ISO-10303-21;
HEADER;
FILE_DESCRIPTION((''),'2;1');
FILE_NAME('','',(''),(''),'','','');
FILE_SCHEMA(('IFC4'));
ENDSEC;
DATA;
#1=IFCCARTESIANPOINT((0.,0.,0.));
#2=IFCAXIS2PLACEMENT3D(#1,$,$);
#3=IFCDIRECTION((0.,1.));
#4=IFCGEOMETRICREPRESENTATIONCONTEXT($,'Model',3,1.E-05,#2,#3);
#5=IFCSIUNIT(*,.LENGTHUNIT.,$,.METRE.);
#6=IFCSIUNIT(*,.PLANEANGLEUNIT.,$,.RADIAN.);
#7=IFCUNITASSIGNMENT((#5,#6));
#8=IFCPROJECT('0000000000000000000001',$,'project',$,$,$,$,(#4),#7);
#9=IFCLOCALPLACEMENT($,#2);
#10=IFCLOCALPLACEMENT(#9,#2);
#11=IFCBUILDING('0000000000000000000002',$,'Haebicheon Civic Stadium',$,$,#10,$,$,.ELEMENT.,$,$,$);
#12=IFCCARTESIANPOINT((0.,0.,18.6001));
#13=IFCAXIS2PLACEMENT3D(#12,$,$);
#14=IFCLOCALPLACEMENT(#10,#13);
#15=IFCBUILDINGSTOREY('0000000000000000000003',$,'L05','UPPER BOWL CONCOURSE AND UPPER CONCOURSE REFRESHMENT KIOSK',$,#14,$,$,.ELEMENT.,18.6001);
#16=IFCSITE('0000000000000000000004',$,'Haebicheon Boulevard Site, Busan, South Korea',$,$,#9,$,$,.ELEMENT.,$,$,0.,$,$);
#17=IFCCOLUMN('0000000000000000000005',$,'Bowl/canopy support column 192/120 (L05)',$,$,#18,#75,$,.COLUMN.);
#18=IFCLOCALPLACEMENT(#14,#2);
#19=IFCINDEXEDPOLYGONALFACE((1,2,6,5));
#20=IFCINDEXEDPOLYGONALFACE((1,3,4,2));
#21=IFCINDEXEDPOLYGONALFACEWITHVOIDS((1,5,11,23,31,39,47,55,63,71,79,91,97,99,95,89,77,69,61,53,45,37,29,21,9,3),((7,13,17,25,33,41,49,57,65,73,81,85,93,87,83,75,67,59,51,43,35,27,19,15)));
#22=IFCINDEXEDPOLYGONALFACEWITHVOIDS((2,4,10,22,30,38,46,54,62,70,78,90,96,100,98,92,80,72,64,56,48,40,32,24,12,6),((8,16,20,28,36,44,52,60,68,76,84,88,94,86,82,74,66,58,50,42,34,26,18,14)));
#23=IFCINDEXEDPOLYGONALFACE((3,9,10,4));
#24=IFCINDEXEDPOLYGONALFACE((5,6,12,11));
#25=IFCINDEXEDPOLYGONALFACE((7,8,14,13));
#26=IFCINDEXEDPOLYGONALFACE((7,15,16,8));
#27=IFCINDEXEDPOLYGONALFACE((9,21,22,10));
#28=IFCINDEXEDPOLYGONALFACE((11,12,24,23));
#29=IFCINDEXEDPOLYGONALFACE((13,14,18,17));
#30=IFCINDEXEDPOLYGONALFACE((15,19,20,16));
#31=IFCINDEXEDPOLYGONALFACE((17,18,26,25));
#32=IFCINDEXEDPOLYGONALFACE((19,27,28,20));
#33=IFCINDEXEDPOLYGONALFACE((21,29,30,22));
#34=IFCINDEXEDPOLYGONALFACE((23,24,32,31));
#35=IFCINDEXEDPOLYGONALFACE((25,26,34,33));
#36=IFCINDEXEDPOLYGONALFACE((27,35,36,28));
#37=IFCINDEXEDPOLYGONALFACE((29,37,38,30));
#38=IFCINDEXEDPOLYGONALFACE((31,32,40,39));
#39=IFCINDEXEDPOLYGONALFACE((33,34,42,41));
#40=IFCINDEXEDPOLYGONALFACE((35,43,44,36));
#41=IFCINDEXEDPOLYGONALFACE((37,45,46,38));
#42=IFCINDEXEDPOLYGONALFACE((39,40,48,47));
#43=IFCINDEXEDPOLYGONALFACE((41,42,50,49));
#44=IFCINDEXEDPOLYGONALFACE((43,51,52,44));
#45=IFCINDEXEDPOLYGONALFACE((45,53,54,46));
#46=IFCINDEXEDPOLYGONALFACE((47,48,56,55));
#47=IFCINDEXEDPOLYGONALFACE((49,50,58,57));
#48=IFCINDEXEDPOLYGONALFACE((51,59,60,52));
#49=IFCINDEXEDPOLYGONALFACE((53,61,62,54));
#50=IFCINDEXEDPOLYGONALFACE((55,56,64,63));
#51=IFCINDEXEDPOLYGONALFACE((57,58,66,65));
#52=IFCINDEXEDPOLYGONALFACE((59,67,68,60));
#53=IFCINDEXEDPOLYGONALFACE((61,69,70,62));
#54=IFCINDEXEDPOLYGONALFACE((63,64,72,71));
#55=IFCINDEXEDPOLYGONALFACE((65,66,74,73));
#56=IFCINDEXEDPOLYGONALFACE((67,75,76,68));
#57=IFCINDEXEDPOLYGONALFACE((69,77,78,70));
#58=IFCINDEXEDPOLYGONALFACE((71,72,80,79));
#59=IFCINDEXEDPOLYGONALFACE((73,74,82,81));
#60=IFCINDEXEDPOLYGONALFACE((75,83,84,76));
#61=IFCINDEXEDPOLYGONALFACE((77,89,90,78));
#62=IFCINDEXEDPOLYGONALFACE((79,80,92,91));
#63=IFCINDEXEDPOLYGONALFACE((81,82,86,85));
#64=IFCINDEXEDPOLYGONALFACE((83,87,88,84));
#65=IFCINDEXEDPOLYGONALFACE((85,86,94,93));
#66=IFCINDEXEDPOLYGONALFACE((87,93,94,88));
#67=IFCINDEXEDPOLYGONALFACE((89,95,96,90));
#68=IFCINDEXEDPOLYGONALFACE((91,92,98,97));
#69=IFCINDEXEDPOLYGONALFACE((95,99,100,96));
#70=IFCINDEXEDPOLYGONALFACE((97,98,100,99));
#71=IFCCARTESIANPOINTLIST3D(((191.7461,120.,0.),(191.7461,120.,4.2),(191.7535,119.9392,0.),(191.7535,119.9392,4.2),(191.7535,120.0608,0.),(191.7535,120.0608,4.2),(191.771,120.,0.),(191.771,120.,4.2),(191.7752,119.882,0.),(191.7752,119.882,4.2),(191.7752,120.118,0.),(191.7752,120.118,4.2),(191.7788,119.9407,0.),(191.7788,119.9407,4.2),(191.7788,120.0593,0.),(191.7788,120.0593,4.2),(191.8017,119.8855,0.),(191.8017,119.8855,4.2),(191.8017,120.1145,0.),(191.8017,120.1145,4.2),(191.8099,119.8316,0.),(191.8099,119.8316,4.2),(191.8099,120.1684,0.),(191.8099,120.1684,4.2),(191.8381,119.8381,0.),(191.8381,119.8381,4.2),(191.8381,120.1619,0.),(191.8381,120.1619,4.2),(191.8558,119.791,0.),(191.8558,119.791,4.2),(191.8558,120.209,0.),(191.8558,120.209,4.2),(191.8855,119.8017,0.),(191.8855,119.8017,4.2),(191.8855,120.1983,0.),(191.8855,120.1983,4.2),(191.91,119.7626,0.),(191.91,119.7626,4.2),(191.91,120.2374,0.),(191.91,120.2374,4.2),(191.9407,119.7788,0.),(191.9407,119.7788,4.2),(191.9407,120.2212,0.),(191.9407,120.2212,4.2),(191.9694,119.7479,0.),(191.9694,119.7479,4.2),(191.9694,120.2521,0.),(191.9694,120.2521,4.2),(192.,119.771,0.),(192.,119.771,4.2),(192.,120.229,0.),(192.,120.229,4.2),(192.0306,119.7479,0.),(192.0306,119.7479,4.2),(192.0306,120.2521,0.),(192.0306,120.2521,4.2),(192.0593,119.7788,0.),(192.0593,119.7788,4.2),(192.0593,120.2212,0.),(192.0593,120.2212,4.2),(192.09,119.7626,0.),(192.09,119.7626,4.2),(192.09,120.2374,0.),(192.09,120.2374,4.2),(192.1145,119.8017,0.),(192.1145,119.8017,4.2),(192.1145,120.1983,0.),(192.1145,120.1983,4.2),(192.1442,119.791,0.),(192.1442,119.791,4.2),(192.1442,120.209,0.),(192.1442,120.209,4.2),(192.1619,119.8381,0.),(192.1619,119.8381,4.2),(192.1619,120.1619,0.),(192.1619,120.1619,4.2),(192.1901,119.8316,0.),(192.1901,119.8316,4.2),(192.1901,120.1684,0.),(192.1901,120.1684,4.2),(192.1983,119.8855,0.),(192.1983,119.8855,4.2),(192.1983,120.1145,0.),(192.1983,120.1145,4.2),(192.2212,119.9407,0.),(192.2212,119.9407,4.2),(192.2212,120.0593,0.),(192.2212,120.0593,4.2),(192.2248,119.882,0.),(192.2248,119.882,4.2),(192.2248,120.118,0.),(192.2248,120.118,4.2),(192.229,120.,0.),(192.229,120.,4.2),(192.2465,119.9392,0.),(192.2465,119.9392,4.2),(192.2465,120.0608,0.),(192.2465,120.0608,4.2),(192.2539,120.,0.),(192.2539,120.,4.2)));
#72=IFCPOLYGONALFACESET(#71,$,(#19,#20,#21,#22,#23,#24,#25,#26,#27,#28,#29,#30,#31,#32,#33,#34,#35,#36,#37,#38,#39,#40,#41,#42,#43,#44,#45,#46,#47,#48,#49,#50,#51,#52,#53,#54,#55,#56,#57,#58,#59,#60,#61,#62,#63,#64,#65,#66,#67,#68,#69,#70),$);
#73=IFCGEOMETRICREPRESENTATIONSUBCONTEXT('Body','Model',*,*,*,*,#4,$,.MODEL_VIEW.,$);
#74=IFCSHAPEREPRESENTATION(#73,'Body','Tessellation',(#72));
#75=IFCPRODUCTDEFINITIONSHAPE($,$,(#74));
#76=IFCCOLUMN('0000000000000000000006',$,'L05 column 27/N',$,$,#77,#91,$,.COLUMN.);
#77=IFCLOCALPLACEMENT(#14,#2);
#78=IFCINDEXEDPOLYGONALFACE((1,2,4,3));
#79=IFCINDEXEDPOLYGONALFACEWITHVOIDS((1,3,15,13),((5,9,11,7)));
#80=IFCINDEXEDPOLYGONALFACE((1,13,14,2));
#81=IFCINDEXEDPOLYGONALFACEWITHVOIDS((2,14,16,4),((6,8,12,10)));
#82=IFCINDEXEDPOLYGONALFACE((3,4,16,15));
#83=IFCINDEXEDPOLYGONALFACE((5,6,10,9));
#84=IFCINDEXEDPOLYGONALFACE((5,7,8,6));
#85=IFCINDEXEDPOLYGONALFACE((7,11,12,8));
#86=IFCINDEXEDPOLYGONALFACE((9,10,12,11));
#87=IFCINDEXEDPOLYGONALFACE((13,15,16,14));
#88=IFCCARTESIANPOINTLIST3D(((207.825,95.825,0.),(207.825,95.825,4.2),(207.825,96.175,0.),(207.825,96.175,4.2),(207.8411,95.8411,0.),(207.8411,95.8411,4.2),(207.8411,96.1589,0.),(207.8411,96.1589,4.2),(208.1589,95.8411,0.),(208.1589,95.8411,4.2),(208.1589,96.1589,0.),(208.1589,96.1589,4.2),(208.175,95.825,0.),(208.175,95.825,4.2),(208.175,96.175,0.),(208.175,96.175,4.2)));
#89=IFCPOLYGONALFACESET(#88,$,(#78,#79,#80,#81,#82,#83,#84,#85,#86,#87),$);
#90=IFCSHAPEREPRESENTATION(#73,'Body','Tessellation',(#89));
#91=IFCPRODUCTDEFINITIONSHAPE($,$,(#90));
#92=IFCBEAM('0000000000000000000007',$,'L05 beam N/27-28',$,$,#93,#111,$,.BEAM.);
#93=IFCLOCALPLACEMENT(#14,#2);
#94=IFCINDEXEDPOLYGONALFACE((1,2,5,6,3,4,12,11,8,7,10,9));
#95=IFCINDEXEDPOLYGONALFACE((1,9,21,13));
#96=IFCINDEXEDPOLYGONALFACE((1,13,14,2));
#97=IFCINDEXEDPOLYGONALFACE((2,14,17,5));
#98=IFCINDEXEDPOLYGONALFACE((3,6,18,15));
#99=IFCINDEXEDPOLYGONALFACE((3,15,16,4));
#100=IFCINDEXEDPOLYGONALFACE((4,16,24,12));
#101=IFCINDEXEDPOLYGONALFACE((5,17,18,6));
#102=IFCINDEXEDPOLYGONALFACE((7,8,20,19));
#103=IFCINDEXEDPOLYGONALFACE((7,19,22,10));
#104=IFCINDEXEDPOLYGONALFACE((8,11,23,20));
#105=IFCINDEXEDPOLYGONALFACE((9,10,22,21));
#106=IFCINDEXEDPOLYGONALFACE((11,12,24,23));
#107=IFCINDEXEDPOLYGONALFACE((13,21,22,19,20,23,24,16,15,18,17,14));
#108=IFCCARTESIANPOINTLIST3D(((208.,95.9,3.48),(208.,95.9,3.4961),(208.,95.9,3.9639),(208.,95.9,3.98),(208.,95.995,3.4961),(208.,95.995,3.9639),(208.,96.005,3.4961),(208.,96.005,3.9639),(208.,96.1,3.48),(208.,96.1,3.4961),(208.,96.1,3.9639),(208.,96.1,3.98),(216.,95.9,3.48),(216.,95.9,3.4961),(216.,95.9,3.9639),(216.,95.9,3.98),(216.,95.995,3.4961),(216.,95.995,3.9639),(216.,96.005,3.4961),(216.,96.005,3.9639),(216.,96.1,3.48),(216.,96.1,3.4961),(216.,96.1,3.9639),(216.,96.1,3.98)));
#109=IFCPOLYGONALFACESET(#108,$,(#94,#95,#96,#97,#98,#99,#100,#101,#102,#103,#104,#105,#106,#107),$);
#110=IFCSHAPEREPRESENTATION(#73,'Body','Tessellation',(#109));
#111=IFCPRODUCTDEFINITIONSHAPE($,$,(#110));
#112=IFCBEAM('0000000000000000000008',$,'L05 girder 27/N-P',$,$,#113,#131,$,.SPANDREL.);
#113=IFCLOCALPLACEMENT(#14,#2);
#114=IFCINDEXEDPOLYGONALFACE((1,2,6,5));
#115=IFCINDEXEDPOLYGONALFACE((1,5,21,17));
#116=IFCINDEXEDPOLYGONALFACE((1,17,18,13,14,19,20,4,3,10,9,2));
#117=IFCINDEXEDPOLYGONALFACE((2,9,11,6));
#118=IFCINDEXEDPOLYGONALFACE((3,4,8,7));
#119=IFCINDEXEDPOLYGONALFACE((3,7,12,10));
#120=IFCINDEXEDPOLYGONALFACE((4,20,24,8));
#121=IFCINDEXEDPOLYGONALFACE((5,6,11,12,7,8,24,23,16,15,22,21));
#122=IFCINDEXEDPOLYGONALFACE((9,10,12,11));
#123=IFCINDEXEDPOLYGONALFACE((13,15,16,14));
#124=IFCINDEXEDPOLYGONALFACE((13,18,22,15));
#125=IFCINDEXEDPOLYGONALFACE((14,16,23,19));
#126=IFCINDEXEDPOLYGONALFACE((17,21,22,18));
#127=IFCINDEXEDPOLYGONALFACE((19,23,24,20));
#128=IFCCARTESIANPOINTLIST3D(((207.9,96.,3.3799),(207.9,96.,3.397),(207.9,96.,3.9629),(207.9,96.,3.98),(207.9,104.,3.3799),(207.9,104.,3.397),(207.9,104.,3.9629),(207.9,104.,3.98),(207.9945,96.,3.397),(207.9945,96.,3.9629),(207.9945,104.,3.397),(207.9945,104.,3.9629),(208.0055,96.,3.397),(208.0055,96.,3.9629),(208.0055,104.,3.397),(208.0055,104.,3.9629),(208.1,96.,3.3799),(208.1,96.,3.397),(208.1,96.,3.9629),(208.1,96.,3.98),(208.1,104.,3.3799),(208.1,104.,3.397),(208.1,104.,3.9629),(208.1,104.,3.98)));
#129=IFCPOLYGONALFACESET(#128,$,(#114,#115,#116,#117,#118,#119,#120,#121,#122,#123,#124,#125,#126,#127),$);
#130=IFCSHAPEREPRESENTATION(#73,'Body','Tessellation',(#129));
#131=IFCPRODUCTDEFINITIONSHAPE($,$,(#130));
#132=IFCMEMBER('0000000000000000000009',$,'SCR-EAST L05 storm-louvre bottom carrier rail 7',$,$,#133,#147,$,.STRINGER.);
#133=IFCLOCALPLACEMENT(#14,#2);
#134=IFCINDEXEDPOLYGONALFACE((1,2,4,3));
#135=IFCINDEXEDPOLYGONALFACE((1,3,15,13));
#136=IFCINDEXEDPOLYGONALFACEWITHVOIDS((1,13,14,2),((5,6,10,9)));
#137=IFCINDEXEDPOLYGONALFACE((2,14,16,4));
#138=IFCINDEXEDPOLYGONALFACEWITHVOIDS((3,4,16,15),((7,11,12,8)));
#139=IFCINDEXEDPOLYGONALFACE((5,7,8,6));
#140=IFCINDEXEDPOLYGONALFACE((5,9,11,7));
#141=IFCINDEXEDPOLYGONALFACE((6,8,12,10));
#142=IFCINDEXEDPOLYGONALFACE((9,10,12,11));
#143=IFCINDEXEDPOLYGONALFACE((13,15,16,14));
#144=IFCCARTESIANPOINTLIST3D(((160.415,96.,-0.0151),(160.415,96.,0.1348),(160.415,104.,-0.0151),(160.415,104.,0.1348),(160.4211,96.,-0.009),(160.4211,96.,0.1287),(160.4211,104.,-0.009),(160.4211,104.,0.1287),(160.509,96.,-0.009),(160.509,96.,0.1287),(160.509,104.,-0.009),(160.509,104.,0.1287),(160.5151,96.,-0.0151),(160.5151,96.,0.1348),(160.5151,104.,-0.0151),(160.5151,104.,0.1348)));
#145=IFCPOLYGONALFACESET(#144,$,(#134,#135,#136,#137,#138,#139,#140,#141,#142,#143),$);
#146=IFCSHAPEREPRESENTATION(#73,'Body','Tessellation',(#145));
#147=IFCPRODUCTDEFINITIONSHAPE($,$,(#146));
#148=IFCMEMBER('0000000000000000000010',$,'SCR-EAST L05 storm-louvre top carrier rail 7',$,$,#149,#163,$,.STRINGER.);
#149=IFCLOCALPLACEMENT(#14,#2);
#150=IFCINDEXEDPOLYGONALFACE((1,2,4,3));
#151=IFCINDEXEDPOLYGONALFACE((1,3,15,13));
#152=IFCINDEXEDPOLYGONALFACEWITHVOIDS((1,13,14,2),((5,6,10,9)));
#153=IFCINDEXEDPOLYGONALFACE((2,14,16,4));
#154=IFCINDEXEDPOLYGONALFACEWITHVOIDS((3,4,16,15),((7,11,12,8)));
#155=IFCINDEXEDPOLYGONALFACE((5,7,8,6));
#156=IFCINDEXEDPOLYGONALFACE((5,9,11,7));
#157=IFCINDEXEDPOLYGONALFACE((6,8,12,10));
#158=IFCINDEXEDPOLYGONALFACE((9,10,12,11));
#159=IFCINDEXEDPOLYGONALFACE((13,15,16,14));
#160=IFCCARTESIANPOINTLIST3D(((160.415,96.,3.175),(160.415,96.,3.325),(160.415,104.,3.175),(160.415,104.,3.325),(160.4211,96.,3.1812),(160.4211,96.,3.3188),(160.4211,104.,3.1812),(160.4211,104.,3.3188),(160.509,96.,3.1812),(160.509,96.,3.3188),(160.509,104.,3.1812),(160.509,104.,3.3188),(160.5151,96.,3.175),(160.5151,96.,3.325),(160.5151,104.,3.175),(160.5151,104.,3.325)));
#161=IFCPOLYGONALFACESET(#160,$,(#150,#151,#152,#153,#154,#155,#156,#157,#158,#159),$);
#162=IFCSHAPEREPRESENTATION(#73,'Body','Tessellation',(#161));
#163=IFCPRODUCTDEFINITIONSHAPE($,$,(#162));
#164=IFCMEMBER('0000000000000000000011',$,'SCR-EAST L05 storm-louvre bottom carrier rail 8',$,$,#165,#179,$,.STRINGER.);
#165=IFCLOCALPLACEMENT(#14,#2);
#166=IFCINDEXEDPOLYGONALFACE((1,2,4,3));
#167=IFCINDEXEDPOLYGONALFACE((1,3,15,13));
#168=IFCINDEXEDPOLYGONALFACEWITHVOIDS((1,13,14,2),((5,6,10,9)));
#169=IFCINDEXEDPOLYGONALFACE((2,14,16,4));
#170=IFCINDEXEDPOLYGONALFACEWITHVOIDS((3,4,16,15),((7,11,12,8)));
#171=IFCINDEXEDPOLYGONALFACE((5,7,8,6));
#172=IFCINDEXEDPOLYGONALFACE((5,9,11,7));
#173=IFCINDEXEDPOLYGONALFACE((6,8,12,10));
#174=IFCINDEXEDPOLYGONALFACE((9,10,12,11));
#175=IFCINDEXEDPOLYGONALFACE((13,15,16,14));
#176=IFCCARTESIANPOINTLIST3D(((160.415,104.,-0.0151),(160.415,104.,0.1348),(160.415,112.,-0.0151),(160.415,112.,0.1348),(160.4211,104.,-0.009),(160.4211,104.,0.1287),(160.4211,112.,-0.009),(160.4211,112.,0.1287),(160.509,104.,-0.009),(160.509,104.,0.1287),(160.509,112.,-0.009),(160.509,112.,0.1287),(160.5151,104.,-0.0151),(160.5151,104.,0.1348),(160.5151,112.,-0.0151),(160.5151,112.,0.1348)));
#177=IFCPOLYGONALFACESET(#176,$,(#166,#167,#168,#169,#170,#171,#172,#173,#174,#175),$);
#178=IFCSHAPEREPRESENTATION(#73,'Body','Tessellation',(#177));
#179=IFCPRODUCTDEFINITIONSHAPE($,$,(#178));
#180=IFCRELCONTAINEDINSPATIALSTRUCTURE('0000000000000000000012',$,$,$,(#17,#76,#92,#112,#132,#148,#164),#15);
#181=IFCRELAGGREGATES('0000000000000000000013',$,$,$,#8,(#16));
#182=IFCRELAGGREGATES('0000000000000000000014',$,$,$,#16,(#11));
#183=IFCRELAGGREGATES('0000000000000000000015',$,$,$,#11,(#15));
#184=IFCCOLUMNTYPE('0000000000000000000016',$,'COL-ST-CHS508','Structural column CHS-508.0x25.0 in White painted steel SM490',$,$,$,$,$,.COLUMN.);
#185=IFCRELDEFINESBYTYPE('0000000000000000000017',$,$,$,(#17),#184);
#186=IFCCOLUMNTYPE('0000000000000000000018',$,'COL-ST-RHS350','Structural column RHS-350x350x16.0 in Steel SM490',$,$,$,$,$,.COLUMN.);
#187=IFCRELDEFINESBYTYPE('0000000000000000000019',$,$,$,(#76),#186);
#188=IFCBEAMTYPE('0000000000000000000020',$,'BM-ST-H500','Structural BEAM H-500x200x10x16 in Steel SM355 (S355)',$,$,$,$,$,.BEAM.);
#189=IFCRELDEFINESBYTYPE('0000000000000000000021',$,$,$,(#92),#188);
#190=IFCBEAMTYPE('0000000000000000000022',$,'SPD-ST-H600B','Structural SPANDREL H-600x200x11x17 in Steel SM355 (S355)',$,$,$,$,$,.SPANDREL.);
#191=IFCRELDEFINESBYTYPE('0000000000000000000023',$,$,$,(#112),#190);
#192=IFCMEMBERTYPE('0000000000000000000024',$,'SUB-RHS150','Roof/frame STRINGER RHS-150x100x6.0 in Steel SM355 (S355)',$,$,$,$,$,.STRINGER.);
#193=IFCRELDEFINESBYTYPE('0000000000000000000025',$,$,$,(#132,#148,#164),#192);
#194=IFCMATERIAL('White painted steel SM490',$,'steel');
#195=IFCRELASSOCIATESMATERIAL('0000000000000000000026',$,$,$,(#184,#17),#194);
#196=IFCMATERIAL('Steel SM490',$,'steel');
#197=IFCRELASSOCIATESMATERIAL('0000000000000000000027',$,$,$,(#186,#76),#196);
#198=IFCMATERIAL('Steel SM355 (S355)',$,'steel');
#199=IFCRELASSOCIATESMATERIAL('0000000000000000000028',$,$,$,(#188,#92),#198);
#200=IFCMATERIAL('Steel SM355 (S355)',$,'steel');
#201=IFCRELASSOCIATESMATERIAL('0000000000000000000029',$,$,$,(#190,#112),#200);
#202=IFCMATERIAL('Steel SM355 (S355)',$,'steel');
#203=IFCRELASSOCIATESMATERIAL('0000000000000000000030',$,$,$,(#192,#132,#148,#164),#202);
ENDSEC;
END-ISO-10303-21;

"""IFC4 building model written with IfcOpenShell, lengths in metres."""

from ifc_helpers import new_model, si_unit, direction, frame, origin, origin_2d, place, context, subcontext, project, spatial, hollow_rectangle, hollow_circle, i_section, extrude, material, material_profile, profile_set, type_object, element, save


model = new_model("IFC4")

# Units and contexts
model_context = context("Model", 3, precision=1e-05, world=origin(), true_north=direction((0.0, 1.0)))
body_context = subcontext(model_context, "Body", "Model", "MODEL_VIEW")
ifc_project = project(units=[si_unit("LENGTHUNIT", "METRE"), si_unit("PLANEANGLEUNIT", "RADIAN")], contexts=[model_context])

# Site, building, storey
site_placement = place(None, origin())
site = spatial("IfcSite", under=ifc_project, at=site_placement, Name="Haebicheon Boulevard Site, Busan, South Korea", CompositionType="ELEMENT", RefElevation=0.0)
building_placement = place(site_placement, origin())
building = spatial("IfcBuilding", under=site, at=building_placement, Name="Haebicheon Civic Stadium", CompositionType="ELEMENT")
storey_placement = place(building_placement, frame((0.0, 0.0, 18.6001)))
storey = spatial("IfcBuildingStorey", under=building, at=storey_placement, Name="L05", Description="UPPER BOWL CONCOURSE AND UPPER CONCOURSE REFRESHMENT KIOSK", CompositionType="ELEMENT", Elevation=18.6001)

# Columns
ifc_material_1 = material(Name="White painted steel SM490", Category="steel")
ifc_material_profile_1 = material_profile(ifc_material_1, hollow_circle(Radius=0.2539, WallThickness=0.0249, at=origin_2d()), Name="CHS-508.0x25.0")
ifc_profile_set_1 = profile_set([ifc_material_profile_1], Name="White painted steel SM490")
column_type_1 = type_object("IfcColumnType", Name="COL-ST-CHS508", Description="Structural column CHS-508.0x25.0 in White painted steel SM490", PredefinedType="COLUMN", material=ifc_profile_set_1)
for number, where, z_axis, x_axis, name in (
    (1, (192.0, 120.0, 0.0), (0.0, 0.0, 1.0), (1.0, 0.0, 0.0), "Bowl/canopy support column 192/120 (L05)"),
):
    element("IfcColumn", number, at=place(storey_placement, frame(where, z_axis=z_axis, x_axis=x_axis)), inside=storey, type_object=column_type_1, material=ifc_profile_set_1, Name=name, PredefinedType="COLUMN", context=body_context, shape_type="SweptSolid", body=[
        extrude(hollow_circle(Radius=0.2539, WallThickness=0.0249, at=origin_2d()), origin(), (0.0, 0.0, 1.0), 4.2),
    ])
ifc_material_2 = material(Name="Steel SM490", Category="steel")
ifc_material_profile_2 = material_profile(ifc_material_2, hollow_rectangle(XDim=0.3501, YDim=0.3501, WallThickness=0.0161, at=origin_2d()), Name="RHS-350x350x16.0")
ifc_profile_set_2 = profile_set([ifc_material_profile_2], Name="Steel SM490")
column_type_2 = type_object("IfcColumnType", Name="COL-ST-RHS350", Description="Structural column RHS-350x350x16.0 in Steel SM490", PredefinedType="COLUMN", material=ifc_profile_set_2)
column_placement = place(storey_placement, frame((208.0, 96.0, 0.0), z_axis=(0.0, 0.0, 1.0), x_axis=(1.0, 0.0, 0.0)))
element("IfcColumn", 2, at=column_placement, inside=storey, type_object=column_type_2, material=ifc_profile_set_2, Name="L05 column 27/N", PredefinedType="COLUMN", context=body_context, shape_type="SweptSolid", body=[
    extrude(hollow_rectangle(XDim=0.3501, YDim=0.3501, WallThickness=0.0161, at=origin_2d()), origin(), (0.0, 0.0, 1.0), 4.2),
])

# Beams
ifc_material_3 = material(Name="Steel SM355 (S355)", Category="steel")
ifc_material_profile_3 = material_profile(ifc_material_3, i_section(OverallWidth=0.2, OverallDepth=0.5, WebThickness=0.01, FlangeThickness=0.0161, at=origin_2d()), Name="H-500x200x10x16")
ifc_profile_set_3 = profile_set([ifc_material_profile_3], Name="Steel SM355 (S355)")
beam_type_1 = type_object("IfcBeamType", Name="BM-ST-H500", Description="Structural BEAM H-500x200x10x16 in Steel SM355 (S355)", PredefinedType="BEAM", material=ifc_profile_set_3)
beam_1_placement = place(storey_placement, frame((208.0, 96.0, 3.73), z_axis=(1.0, 0.0, 0.0), x_axis=(0.0, 1.0, 0.0)))
element("IfcBeam", 3, at=beam_1_placement, inside=storey, type_object=beam_type_1, material=ifc_profile_set_3, Name="L05 beam N/27-28", PredefinedType="BEAM", context=body_context, shape_type="SweptSolid", body=[
    extrude(i_section(OverallWidth=0.2, OverallDepth=0.5, WebThickness=0.01, FlangeThickness=0.0161, at=origin_2d()), origin(), (0.0, 0.0, 1.0), 8.0),
])
ifc_material_4 = material(Name="Steel SM355 (S355)", Category="steel")
ifc_material_profile_4 = material_profile(ifc_material_4, i_section(OverallWidth=0.2, OverallDepth=0.6001, WebThickness=0.011, FlangeThickness=0.0171, at=origin_2d()), Name="H-600x200x11x17")
ifc_profile_set_4 = profile_set([ifc_material_profile_4], Name="Steel SM355 (S355)")
beam_type_2 = type_object("IfcBeamType", Name="SPD-ST-H600B", Description="Structural SPANDREL H-600x200x11x17 in Steel SM355 (S355)", PredefinedType="SPANDREL", material=ifc_profile_set_4)
beam_2_placement = place(storey_placement, frame((208.0, 96.0, 3.6799), z_axis=(0.0, 1.0, 0.0), x_axis=(-1.0, 0.0, 0.0)))
element("IfcBeam", 4, at=beam_2_placement, inside=storey, type_object=beam_type_2, material=ifc_profile_set_4, Name="L05 girder 27/N-P", PredefinedType="SPANDREL", context=body_context, shape_type="SweptSolid", body=[
    extrude(i_section(OverallWidth=0.2, OverallDepth=0.6001, WebThickness=0.011, FlangeThickness=0.0171, at=origin_2d()), origin(), (0.0, 0.0, 1.0), 8.0),
])

# Members
ifc_material_5 = material(Name="Steel SM355 (S355)", Category="steel")
ifc_material_profile_5 = material_profile(ifc_material_5, hollow_rectangle(XDim=0.1001, YDim=0.1499, WallThickness=0.0061, at=origin_2d()), Name="RHS-150x100x6.0")
ifc_profile_set_5 = profile_set([ifc_material_profile_5], Name="Steel SM355 (S355)")
member_type = type_object("IfcMemberType", Name="SUB-RHS150", Description="Roof/frame STRINGER RHS-150x100x6.0 in Steel SM355 (S355)", PredefinedType="STRINGER", material=ifc_profile_set_5)
for number, where, z_axis, x_axis, name in (
    (5, (160.4651, 96.0, 0.0598), (0.0, 1.0, 0.0), (-1.0, 0.0, 0.0), "SCR-EAST L05 storm-louvre bottom carrier rail 7"),
    (6, (160.4651, 96.0, 3.25), (0.0, 1.0, 0.0), (-1.0, 0.0, 0.0), "SCR-EAST L05 storm-louvre top carrier rail 7"),
    (7, (160.4651, 104.0, 0.0598), (0.0, 1.0, 0.0), (-1.0, 0.0, 0.0), "SCR-EAST L05 storm-louvre bottom carrier rail 8"),
):
    element("IfcMember", number, at=place(storey_placement, frame(where, z_axis=z_axis, x_axis=x_axis)), inside=storey, type_object=member_type, material=ifc_profile_set_5, Name=name, PredefinedType="STRINGER", context=body_context, shape_type="SweptSolid", body=[
        extrude(hollow_rectangle(XDim=0.1001, YDim=0.1499, WallThickness=0.0061, at=origin_2d()), origin(), (0.0, 0.0, 1.0), 8.0),
    ])

save(model, "model.ifc")
